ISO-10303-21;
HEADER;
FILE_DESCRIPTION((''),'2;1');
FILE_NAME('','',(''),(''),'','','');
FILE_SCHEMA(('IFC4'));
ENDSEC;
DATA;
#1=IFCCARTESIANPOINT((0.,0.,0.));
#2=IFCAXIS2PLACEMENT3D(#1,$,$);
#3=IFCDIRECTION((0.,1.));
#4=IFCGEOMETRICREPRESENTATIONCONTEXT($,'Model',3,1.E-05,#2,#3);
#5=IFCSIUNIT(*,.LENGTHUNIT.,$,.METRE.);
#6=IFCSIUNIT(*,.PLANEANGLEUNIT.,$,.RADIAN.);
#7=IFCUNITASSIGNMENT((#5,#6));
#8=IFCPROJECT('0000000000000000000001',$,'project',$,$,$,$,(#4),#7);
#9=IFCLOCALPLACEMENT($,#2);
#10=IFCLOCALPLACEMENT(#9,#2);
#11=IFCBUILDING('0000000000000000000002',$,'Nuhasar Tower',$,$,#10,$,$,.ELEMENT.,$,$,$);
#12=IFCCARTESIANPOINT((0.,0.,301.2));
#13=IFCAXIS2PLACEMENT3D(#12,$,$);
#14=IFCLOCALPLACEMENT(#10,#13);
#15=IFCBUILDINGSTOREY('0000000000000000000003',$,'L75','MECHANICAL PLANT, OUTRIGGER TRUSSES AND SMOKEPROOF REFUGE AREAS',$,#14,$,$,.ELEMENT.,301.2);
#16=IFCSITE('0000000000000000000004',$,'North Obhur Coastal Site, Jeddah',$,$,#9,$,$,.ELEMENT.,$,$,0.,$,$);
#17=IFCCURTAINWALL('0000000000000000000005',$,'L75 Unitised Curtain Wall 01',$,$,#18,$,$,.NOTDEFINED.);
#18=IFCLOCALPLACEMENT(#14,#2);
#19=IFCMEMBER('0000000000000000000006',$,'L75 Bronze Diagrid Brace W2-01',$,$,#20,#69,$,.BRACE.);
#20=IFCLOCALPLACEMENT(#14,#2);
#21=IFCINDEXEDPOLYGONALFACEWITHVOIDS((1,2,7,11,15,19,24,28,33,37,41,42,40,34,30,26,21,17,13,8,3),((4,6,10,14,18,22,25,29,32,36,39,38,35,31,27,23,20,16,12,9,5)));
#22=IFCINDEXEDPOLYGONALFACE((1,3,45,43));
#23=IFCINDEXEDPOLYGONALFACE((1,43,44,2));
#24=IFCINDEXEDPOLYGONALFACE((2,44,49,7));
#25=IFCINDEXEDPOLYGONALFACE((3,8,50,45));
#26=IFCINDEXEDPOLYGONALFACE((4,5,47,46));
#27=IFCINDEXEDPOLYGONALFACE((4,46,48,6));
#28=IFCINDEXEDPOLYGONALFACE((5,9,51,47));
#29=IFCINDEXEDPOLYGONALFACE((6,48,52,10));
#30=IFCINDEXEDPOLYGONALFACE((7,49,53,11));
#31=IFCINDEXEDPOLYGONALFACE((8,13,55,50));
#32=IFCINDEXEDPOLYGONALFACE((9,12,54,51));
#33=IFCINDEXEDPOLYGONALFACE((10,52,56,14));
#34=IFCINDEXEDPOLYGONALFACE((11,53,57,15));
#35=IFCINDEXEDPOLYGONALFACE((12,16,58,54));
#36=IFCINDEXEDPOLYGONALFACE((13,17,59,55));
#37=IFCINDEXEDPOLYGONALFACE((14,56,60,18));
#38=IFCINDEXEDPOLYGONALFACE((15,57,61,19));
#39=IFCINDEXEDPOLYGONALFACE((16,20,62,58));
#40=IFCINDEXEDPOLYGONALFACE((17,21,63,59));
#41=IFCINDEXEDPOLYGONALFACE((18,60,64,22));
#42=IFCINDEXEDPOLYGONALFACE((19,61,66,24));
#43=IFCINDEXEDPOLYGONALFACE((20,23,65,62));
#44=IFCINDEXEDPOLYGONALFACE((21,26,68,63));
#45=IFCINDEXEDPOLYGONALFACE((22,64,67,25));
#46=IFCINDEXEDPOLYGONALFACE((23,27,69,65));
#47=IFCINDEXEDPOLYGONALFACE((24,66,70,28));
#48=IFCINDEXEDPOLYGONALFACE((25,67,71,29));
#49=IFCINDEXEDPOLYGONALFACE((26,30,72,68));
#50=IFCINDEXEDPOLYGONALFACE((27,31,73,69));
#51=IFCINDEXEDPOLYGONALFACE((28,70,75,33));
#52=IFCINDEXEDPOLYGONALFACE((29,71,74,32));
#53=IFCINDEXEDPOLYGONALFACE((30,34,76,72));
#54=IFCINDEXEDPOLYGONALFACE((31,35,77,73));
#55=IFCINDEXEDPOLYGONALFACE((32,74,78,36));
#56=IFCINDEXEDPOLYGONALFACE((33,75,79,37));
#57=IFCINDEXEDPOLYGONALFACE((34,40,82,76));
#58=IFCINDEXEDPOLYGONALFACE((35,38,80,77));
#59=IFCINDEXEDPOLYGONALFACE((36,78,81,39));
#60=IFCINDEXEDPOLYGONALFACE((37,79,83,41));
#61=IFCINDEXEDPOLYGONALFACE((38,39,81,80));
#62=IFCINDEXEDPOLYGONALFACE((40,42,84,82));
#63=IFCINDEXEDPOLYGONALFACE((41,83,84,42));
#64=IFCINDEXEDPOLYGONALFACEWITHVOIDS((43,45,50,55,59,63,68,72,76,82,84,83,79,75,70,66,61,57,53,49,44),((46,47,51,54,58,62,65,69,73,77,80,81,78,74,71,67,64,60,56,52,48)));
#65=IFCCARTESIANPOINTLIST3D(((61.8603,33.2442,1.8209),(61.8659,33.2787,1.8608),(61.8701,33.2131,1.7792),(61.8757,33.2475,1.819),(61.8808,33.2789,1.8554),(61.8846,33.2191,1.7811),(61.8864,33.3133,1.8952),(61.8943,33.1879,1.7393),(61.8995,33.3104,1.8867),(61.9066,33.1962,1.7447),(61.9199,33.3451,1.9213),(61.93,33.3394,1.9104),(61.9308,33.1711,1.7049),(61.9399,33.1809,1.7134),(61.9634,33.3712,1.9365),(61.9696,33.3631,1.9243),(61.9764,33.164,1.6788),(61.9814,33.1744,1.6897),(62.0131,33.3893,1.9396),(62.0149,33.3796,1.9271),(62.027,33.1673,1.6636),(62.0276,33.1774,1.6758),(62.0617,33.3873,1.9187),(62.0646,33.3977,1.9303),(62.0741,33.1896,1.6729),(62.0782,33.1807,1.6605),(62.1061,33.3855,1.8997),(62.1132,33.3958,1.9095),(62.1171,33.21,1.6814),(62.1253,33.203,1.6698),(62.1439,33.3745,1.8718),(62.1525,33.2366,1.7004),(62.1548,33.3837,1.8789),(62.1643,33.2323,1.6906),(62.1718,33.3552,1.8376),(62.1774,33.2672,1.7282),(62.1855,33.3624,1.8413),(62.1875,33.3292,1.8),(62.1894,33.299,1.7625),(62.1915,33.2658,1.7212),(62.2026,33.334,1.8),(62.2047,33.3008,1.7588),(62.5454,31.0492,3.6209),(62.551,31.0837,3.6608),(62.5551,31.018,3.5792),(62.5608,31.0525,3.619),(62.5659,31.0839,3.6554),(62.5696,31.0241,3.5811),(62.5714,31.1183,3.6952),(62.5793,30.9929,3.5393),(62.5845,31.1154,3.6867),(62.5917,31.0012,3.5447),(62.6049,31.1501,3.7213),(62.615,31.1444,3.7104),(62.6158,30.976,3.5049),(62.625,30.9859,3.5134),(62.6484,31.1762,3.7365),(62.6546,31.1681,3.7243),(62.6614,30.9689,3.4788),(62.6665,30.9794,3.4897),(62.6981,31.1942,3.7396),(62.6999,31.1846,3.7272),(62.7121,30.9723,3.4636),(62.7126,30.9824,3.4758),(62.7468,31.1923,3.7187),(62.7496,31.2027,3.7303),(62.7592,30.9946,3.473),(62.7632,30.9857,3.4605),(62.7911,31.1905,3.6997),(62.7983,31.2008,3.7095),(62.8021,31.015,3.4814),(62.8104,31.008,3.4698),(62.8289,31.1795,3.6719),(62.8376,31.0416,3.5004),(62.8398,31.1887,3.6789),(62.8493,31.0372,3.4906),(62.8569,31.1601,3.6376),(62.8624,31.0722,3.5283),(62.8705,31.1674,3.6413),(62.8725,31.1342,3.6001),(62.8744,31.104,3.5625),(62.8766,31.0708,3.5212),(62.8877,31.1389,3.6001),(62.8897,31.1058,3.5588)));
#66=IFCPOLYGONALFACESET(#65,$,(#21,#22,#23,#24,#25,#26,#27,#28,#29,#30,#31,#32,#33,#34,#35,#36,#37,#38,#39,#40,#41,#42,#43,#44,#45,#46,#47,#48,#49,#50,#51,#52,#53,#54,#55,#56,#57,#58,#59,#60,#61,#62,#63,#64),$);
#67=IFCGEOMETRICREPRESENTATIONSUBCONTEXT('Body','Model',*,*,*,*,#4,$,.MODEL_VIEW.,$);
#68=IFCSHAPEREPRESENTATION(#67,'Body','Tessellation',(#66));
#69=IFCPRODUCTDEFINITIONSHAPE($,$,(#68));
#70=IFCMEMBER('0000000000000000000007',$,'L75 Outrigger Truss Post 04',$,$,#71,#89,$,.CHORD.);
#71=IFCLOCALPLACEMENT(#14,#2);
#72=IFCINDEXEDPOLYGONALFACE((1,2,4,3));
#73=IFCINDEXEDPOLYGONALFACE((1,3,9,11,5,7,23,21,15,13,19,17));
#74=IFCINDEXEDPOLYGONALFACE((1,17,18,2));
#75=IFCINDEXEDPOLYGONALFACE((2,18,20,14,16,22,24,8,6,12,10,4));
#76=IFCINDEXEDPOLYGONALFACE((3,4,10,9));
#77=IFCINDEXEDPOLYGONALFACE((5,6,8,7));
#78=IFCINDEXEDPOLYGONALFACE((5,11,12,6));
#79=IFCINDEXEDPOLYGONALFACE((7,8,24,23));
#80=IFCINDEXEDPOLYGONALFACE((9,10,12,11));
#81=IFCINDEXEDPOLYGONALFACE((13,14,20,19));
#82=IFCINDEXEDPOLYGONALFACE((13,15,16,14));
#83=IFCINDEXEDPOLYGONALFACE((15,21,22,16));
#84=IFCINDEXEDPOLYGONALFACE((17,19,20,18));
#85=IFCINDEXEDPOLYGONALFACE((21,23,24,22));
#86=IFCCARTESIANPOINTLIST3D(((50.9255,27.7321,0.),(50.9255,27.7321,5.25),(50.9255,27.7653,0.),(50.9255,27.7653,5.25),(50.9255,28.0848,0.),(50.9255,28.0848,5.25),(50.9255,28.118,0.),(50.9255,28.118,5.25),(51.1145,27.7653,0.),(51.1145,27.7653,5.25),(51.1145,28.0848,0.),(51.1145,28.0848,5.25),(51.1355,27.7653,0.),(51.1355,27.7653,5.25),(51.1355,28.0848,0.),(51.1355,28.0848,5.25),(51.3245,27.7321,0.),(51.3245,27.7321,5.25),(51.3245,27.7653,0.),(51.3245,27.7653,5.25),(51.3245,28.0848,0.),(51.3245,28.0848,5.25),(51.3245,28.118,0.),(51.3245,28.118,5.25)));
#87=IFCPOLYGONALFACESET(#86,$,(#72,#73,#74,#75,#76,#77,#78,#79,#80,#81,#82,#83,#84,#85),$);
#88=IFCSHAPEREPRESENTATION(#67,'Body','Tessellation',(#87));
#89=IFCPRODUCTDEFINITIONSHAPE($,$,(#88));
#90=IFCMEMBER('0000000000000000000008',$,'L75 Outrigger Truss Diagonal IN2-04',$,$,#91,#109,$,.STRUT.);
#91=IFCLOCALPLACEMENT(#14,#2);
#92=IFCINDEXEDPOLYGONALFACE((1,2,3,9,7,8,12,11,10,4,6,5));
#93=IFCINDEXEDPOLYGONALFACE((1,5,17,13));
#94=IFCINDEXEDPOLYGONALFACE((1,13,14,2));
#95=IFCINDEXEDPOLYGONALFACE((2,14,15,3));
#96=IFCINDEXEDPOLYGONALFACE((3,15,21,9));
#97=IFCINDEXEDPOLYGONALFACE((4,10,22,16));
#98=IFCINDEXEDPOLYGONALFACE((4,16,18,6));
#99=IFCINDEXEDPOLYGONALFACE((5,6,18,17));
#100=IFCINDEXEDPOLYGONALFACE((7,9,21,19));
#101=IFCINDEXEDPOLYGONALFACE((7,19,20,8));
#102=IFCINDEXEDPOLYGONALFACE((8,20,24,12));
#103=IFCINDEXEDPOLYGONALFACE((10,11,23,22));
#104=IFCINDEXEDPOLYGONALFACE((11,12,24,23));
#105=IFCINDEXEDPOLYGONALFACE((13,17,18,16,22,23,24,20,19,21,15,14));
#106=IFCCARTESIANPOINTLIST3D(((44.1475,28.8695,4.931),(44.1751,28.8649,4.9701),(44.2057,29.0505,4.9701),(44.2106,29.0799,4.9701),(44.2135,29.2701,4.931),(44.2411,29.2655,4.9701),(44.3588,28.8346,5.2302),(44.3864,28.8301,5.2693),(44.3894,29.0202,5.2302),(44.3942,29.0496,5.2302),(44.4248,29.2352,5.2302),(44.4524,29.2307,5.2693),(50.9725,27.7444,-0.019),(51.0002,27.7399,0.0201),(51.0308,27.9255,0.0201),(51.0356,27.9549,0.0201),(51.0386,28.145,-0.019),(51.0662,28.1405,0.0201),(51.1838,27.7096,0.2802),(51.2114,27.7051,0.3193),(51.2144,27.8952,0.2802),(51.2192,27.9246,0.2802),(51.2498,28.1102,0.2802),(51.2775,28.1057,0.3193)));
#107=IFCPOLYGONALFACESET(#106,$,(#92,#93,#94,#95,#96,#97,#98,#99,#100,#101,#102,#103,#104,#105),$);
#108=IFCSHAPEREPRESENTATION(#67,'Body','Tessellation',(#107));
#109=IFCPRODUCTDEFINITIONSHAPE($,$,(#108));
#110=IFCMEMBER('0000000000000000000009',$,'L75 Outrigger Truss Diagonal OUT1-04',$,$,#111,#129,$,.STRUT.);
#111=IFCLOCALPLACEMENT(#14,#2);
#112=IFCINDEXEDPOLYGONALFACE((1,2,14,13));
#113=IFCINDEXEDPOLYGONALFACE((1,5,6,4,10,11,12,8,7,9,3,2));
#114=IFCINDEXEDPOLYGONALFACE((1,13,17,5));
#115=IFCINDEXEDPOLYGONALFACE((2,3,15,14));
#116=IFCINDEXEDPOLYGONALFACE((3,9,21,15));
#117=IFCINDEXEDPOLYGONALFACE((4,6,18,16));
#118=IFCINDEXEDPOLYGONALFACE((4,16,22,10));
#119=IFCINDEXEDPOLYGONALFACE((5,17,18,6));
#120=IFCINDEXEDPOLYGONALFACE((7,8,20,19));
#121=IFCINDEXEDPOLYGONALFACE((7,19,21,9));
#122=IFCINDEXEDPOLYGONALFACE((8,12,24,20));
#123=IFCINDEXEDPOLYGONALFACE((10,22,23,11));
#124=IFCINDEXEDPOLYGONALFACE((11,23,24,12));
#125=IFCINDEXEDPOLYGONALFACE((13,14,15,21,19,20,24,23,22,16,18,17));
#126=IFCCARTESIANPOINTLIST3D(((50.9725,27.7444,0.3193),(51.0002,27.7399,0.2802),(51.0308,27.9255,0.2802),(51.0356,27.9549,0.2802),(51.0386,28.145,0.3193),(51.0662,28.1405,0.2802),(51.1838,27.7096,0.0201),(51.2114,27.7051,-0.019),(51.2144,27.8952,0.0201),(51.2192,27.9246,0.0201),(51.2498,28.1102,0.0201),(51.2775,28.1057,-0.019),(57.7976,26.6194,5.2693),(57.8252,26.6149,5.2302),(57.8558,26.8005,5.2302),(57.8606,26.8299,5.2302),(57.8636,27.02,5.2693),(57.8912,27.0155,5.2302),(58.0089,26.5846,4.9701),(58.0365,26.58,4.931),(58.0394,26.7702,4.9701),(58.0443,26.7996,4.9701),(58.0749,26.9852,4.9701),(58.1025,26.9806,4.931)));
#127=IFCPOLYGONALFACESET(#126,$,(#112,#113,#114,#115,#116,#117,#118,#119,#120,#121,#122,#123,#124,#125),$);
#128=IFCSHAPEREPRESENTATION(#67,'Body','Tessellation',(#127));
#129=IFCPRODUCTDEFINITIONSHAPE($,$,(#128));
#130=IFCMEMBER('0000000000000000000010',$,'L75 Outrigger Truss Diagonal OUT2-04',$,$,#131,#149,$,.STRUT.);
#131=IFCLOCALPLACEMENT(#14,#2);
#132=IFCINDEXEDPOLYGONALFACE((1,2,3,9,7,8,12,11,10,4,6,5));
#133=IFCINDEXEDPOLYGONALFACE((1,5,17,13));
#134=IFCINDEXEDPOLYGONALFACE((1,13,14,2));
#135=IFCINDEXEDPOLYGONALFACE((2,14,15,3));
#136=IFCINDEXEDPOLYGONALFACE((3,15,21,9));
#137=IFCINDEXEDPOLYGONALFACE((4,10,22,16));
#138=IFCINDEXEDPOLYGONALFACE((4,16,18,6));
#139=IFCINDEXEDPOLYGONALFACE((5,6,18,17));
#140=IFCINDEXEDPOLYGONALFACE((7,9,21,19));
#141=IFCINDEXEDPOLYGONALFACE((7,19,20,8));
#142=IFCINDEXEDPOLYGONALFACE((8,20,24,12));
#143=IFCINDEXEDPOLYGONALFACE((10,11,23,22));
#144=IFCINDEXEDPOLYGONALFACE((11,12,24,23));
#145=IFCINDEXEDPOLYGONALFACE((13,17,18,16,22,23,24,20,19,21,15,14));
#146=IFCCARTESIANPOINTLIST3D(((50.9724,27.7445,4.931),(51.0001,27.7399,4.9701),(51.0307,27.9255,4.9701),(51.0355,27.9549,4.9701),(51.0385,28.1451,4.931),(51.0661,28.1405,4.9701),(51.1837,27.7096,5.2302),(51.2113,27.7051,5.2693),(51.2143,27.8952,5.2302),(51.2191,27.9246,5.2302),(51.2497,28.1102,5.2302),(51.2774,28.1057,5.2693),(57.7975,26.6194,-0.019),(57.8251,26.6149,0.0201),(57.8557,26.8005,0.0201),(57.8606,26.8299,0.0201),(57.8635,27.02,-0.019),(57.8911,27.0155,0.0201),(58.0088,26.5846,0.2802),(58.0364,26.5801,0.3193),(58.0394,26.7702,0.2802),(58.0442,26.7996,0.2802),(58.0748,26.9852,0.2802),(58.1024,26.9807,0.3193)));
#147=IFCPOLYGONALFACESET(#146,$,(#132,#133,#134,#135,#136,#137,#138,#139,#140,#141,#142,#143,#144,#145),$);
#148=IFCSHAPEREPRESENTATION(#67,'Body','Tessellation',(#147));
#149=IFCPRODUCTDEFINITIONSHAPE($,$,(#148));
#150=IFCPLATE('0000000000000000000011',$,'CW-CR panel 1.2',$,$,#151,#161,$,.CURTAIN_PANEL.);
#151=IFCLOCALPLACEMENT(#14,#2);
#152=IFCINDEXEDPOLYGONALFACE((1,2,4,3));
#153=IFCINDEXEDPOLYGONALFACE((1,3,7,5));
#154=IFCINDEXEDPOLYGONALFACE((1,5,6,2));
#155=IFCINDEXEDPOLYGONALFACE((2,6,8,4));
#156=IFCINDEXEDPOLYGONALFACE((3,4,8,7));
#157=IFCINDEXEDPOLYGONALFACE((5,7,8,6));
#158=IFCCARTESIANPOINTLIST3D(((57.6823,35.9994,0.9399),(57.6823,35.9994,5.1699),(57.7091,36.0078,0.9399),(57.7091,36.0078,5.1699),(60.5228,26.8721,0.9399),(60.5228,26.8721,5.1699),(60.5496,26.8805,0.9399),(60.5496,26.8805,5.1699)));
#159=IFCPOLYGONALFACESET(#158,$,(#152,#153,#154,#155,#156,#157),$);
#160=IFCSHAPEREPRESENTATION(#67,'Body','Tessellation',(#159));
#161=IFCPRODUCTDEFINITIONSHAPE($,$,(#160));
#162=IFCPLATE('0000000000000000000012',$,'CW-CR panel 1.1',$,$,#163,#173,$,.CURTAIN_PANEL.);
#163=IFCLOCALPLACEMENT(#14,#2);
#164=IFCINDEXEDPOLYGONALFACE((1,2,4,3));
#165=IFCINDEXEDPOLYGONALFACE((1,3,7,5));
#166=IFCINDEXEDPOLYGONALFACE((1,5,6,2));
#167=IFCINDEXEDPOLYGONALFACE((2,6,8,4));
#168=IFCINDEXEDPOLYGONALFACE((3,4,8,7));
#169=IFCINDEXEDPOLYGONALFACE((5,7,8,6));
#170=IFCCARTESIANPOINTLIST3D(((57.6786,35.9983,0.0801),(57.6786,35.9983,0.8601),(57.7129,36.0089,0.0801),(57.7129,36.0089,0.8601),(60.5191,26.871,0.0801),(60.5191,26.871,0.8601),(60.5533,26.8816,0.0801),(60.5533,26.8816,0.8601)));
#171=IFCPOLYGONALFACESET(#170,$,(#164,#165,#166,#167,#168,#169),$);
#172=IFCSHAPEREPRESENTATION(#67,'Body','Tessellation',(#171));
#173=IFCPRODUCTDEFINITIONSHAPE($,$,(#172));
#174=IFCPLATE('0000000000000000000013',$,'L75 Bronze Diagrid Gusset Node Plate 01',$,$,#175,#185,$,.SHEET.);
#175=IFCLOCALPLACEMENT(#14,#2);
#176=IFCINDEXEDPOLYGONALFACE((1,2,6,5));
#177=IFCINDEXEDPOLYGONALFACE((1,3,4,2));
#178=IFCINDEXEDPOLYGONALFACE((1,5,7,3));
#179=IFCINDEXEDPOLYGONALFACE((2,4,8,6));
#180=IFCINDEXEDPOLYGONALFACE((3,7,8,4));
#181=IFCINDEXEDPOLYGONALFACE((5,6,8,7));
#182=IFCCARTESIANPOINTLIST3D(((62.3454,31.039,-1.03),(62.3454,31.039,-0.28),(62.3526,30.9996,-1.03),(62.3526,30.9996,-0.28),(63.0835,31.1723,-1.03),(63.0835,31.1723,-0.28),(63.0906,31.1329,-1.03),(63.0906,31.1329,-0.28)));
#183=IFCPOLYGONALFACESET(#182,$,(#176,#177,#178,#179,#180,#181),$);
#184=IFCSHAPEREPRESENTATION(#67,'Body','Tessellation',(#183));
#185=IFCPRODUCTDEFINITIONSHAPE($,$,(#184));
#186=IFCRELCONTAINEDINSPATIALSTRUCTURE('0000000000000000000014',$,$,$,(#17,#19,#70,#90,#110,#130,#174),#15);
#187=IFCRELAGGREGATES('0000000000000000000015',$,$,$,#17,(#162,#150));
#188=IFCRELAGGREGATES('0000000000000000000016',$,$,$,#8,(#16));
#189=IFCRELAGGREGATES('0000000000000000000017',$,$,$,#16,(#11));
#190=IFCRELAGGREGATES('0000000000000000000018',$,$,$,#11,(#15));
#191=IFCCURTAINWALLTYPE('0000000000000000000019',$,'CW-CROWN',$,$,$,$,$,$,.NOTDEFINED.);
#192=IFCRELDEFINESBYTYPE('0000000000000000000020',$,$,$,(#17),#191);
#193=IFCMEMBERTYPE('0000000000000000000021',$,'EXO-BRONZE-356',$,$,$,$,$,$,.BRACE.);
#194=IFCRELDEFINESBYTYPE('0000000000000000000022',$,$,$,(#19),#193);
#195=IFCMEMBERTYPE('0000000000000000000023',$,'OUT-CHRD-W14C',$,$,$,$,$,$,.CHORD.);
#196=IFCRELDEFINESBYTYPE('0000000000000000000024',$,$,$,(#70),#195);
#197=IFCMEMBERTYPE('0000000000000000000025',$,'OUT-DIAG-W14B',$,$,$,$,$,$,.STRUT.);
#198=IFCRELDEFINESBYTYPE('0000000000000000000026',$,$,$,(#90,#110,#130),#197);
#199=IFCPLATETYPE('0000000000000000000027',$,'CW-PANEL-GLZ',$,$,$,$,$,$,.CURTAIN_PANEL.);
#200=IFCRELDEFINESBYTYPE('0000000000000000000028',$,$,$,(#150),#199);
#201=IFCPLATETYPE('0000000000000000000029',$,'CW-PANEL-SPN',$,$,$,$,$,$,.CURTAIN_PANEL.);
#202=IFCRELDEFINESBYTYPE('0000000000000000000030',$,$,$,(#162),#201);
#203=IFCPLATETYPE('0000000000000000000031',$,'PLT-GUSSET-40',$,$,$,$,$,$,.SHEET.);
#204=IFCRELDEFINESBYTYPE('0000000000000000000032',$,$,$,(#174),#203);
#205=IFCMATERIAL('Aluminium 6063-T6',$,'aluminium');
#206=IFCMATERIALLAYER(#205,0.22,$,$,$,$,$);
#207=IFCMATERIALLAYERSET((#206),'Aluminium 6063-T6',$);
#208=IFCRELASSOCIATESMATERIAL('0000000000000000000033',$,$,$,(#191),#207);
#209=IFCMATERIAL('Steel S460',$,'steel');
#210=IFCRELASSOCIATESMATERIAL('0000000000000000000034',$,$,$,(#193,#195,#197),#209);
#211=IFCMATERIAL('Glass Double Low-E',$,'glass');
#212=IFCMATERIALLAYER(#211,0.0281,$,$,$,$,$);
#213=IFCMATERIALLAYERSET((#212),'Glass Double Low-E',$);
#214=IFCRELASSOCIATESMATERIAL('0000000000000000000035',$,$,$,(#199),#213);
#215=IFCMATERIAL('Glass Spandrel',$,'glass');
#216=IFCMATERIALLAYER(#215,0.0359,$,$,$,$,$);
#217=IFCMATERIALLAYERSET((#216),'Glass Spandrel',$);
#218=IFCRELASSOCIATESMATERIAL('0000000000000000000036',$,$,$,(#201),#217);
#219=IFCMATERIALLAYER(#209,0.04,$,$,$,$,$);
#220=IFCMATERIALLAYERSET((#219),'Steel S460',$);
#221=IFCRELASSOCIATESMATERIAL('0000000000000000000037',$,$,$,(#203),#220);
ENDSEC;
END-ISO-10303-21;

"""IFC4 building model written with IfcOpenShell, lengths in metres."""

from ifc_helpers import new_model, si_unit, direction, frame, origin, origin_2d, place, context, subcontext, project, spatial, rectangle, hollow_circle, i_section, extrude, material, layer, layer_set, material_profile, profile_set, type_object, element, aggregate, save


model = new_model("IFC4")

# Units and contexts
model_context = context("Model", 3, precision=1e-05, world=origin(), true_north=direction((0.0, 1.0)))
body_context = subcontext(model_context, "Body", "Model", "MODEL_VIEW")
ifc_project = project(units=[si_unit("LENGTHUNIT", "METRE"), si_unit("PLANEANGLEUNIT", "RADIAN")], contexts=[model_context])

# Site, building, storey
site_placement = place(None, origin())
site = spatial("IfcSite", under=ifc_project, at=site_placement, Name="North Obhur Coastal Site, Jeddah", CompositionType="ELEMENT", RefElevation=0.0)
building_placement = place(site_placement, origin())
building = spatial("IfcBuilding", under=site, at=building_placement, Name="Nuhasar Tower", CompositionType="ELEMENT")
storey_placement = place(building_placement, frame((0.0, 0.0, 301.2)))
storey = spatial("IfcBuildingStorey", under=building, at=storey_placement, Name="L75", Description="MECHANICAL PLANT, OUTRIGGER TRUSSES AND SMOKEPROOF REFUGE AREAS", CompositionType="ELEMENT", Elevation=301.2)

# Shared definitions
ifc_material_1 = material(Name="Steel S460", Category="steel")

# Curtain wall
ifc_material_2 = material(Name="Aluminium 6063-T6", Category="aluminium")
ifc_layer_1 = layer(ifc_material_2, 0.22)
ifc_layer_set_1 = layer_set([ifc_layer_1], Name="Aluminium 6063-T6")
curtain_wall_type = type_object("IfcCurtainWallType", Name="CW-CROWN", PredefinedType="NOTDEFINED", material=ifc_layer_set_1)
curtain_wall_placement = place(storey_placement, origin())
curtain_wall = element("IfcCurtainWall", 1, at=curtain_wall_placement, inside=storey, type_object=curtain_wall_type, Name="L75 Unitised Curtain Wall 01", PredefinedType="NOTDEFINED")

# Members
ifc_material_profile_1 = material_profile(ifc_material_1, hollow_circle(Radius=0.1777, WallThickness=0.0159, at=origin_2d()), Name="HSS355.6X15.9")
ifc_profile_set_1 = profile_set([ifc_material_profile_1], Name="Steel S460")
member_type_1 = type_object("IfcMemberType", Name="EXO-BRONZE-356", PredefinedType="BRACE", material=ifc_profile_set_1)
for number, where, z_axis, x_axis, name in (
    (2, (62.033, 33.281, 1.8), (0.23459, -0.751674, 0.616404), (0.954591, 0.297918, 0.0), "L75 Bronze Diagrid Brace W2-01"),
):
    element("IfcMember", number, at=place(storey_placement, frame(where, z_axis=z_axis, x_axis=x_axis)), inside=storey, type_object=member_type_1, Name=name, PredefinedType="BRACE", context=body_context, shape_type="SweptSolid", body=[
        extrude(hollow_circle(Radius=0.1777, WallThickness=0.0159, at=origin_2d()), origin(), (0.0, 0.0, 1.0), 2.9202),
    ])
ifc_material_profile_2 = material_profile(ifc_material_1, i_section(OverallWidth=0.3989, OverallDepth=0.386, WebThickness=0.021, FlangeThickness=0.0332, at=origin_2d()), Name="W14X176")
ifc_profile_set_2 = profile_set([ifc_material_profile_2], Name="Steel S460")
member_type_2 = type_object("IfcMemberType", Name="OUT-CHRD-W14C", PredefinedType="CHORD", material=ifc_profile_set_2)
member_1_placement = place(storey_placement, frame((51.125, 27.925, 0.0), z_axis=(0.0, 0.0, 1.0), x_axis=(1.0, 0.0, 0.0)))
element("IfcMember", 3, at=member_1_placement, inside=storey, type_object=member_type_2, Name="L75 Outrigger Truss Post 04", PredefinedType="CHORD", context=body_context, shape_type="SweptSolid", body=[
    extrude(i_section(OverallWidth=0.3989, OverallDepth=0.386, WebThickness=0.021, FlangeThickness=0.0332, at=origin_2d()), origin(), (0.0, 0.0, 1.0), 5.25),
])
ifc_material_profile_3 = material_profile(ifc_material_1, i_section(OverallWidth=0.406, OverallDepth=0.416, WebThickness=0.0298, FlangeThickness=0.0481, at=origin_2d()), Name="W14X257")
ifc_profile_set_3 = profile_set([ifc_material_profile_3], Name="Steel S460")
member_type_3 = type_object("IfcMemberType", Name="OUT-DIAG-W14B", PredefinedType="STRUT", material=ifc_profile_set_3)
for number, where, z_axis, x_axis, name in (
    (4, (51.125, 27.925, 0.1501), (-0.802394, 0.132264, 0.581954), (-0.162642, -0.986685, 0.0), "L75 Outrigger Truss Diagonal IN2-04"),
    (5, (51.125, 27.925, 0.1501), (0.802394, -0.132264, 0.581954), (0.162642, 0.986685, 0.0), "L75 Outrigger Truss Diagonal OUT1-04"),
    (6, (57.95, 26.8, 0.1501), (-0.802394, 0.132264, 0.581954), (-0.162642, -0.986685, 0.0), "L75 Outrigger Truss Diagonal OUT2-04"),
):
    element("IfcMember", number, at=place(storey_placement, frame(where, z_axis=z_axis, x_axis=x_axis)), inside=storey, type_object=member_type_3, Name=name, PredefinedType="STRUT", context=body_context, shape_type="SweptSolid", body=[
        extrude(i_section(OverallWidth=0.406, OverallDepth=0.416, WebThickness=0.0298, FlangeThickness=0.0481, at=origin_2d()), origin(), (0.0, 0.0, 1.0), 8.5059),
    ])

# Plates
ifc_material_3 = material(Name="Glass Double Low-E", Category="glass")
ifc_layer_2 = layer(ifc_material_3, 0.0281)
ifc_layer_set_2 = layer_set([ifc_layer_2], Name="Glass Double Low-E")
plate_type_1 = type_object("IfcPlateType", Name="CW-PANEL-GLZ", PredefinedType="CURTAIN_PANEL", material=ifc_layer_set_2)
plate_1_placement = place(storey_placement, frame((59.116, 31.4399, 0.9399), z_axis=(0.0, 0.0, 1.0), x_axis=(-0.29715, 0.954831, 0.0)))
plate_1 = element("IfcPlate", 7, at=plate_1_placement, type_object=plate_type_1, Name="CW-CR panel 1.2", PredefinedType="CURTAIN_PANEL", context=body_context, shape_type="SweptSolid", body=[
    extrude(rectangle(XDim=9.5591, YDim=0.0281, at=origin_2d()), origin(), (0.0, 0.0, 1.0), 4.23),
])
ifc_material_4 = material(Name="Glass Spandrel", Category="glass")
ifc_layer_3 = layer(ifc_material_4, 0.0359)
ifc_layer_set_3 = layer_set([ifc_layer_3], Name="Glass Spandrel")
plate_type_2 = type_object("IfcPlateType", Name="CW-PANEL-SPN", PredefinedType="CURTAIN_PANEL", material=ifc_layer_set_3)
plate_2_placement = place(storey_placement, frame((59.116, 31.4399, 0.0801), z_axis=(0.0, 0.0, 1.0), x_axis=(-0.29715, 0.954831, 0.0)))
plate_2 = element("IfcPlate", 8, at=plate_2_placement, type_object=plate_type_2, Name="CW-CR panel 1.1", PredefinedType="CURTAIN_PANEL", context=body_context, shape_type="SweptSolid", body=[
    extrude(rectangle(XDim=9.5591, YDim=0.0359, at=origin_2d()), origin(), (0.0, 0.0, 1.0), 0.78),
])
aggregate(curtain_wall, [plate_2, plate_1])
ifc_layer_4 = layer(ifc_material_1, 0.04)
ifc_layer_set_4 = layer_set([ifc_layer_4], Name="Steel S460")
plate_type_3 = type_object("IfcPlateType", Name="PLT-GUSSET-40", PredefinedType="SHEET", material=ifc_layer_set_4)
plate_3_placement = place(storey_placement, frame((62.718, 31.0859, -1.03), z_axis=(0.0, 0.0, 1.0), x_axis=(0.984062, 0.177823, 0.0)))
element("IfcPlate", 9, at=plate_3_placement, inside=storey, type_object=plate_type_3, Name="L75 Bronze Diagrid Gusset Node Plate 01", PredefinedType="SHEET", context=body_context, shape_type="SweptSolid", body=[
    extrude(rectangle(XDim=0.75, YDim=0.04, at=origin_2d()), origin(), (0.0, 0.0, 1.0), 0.75),
])

save(model, "model.ifc")
